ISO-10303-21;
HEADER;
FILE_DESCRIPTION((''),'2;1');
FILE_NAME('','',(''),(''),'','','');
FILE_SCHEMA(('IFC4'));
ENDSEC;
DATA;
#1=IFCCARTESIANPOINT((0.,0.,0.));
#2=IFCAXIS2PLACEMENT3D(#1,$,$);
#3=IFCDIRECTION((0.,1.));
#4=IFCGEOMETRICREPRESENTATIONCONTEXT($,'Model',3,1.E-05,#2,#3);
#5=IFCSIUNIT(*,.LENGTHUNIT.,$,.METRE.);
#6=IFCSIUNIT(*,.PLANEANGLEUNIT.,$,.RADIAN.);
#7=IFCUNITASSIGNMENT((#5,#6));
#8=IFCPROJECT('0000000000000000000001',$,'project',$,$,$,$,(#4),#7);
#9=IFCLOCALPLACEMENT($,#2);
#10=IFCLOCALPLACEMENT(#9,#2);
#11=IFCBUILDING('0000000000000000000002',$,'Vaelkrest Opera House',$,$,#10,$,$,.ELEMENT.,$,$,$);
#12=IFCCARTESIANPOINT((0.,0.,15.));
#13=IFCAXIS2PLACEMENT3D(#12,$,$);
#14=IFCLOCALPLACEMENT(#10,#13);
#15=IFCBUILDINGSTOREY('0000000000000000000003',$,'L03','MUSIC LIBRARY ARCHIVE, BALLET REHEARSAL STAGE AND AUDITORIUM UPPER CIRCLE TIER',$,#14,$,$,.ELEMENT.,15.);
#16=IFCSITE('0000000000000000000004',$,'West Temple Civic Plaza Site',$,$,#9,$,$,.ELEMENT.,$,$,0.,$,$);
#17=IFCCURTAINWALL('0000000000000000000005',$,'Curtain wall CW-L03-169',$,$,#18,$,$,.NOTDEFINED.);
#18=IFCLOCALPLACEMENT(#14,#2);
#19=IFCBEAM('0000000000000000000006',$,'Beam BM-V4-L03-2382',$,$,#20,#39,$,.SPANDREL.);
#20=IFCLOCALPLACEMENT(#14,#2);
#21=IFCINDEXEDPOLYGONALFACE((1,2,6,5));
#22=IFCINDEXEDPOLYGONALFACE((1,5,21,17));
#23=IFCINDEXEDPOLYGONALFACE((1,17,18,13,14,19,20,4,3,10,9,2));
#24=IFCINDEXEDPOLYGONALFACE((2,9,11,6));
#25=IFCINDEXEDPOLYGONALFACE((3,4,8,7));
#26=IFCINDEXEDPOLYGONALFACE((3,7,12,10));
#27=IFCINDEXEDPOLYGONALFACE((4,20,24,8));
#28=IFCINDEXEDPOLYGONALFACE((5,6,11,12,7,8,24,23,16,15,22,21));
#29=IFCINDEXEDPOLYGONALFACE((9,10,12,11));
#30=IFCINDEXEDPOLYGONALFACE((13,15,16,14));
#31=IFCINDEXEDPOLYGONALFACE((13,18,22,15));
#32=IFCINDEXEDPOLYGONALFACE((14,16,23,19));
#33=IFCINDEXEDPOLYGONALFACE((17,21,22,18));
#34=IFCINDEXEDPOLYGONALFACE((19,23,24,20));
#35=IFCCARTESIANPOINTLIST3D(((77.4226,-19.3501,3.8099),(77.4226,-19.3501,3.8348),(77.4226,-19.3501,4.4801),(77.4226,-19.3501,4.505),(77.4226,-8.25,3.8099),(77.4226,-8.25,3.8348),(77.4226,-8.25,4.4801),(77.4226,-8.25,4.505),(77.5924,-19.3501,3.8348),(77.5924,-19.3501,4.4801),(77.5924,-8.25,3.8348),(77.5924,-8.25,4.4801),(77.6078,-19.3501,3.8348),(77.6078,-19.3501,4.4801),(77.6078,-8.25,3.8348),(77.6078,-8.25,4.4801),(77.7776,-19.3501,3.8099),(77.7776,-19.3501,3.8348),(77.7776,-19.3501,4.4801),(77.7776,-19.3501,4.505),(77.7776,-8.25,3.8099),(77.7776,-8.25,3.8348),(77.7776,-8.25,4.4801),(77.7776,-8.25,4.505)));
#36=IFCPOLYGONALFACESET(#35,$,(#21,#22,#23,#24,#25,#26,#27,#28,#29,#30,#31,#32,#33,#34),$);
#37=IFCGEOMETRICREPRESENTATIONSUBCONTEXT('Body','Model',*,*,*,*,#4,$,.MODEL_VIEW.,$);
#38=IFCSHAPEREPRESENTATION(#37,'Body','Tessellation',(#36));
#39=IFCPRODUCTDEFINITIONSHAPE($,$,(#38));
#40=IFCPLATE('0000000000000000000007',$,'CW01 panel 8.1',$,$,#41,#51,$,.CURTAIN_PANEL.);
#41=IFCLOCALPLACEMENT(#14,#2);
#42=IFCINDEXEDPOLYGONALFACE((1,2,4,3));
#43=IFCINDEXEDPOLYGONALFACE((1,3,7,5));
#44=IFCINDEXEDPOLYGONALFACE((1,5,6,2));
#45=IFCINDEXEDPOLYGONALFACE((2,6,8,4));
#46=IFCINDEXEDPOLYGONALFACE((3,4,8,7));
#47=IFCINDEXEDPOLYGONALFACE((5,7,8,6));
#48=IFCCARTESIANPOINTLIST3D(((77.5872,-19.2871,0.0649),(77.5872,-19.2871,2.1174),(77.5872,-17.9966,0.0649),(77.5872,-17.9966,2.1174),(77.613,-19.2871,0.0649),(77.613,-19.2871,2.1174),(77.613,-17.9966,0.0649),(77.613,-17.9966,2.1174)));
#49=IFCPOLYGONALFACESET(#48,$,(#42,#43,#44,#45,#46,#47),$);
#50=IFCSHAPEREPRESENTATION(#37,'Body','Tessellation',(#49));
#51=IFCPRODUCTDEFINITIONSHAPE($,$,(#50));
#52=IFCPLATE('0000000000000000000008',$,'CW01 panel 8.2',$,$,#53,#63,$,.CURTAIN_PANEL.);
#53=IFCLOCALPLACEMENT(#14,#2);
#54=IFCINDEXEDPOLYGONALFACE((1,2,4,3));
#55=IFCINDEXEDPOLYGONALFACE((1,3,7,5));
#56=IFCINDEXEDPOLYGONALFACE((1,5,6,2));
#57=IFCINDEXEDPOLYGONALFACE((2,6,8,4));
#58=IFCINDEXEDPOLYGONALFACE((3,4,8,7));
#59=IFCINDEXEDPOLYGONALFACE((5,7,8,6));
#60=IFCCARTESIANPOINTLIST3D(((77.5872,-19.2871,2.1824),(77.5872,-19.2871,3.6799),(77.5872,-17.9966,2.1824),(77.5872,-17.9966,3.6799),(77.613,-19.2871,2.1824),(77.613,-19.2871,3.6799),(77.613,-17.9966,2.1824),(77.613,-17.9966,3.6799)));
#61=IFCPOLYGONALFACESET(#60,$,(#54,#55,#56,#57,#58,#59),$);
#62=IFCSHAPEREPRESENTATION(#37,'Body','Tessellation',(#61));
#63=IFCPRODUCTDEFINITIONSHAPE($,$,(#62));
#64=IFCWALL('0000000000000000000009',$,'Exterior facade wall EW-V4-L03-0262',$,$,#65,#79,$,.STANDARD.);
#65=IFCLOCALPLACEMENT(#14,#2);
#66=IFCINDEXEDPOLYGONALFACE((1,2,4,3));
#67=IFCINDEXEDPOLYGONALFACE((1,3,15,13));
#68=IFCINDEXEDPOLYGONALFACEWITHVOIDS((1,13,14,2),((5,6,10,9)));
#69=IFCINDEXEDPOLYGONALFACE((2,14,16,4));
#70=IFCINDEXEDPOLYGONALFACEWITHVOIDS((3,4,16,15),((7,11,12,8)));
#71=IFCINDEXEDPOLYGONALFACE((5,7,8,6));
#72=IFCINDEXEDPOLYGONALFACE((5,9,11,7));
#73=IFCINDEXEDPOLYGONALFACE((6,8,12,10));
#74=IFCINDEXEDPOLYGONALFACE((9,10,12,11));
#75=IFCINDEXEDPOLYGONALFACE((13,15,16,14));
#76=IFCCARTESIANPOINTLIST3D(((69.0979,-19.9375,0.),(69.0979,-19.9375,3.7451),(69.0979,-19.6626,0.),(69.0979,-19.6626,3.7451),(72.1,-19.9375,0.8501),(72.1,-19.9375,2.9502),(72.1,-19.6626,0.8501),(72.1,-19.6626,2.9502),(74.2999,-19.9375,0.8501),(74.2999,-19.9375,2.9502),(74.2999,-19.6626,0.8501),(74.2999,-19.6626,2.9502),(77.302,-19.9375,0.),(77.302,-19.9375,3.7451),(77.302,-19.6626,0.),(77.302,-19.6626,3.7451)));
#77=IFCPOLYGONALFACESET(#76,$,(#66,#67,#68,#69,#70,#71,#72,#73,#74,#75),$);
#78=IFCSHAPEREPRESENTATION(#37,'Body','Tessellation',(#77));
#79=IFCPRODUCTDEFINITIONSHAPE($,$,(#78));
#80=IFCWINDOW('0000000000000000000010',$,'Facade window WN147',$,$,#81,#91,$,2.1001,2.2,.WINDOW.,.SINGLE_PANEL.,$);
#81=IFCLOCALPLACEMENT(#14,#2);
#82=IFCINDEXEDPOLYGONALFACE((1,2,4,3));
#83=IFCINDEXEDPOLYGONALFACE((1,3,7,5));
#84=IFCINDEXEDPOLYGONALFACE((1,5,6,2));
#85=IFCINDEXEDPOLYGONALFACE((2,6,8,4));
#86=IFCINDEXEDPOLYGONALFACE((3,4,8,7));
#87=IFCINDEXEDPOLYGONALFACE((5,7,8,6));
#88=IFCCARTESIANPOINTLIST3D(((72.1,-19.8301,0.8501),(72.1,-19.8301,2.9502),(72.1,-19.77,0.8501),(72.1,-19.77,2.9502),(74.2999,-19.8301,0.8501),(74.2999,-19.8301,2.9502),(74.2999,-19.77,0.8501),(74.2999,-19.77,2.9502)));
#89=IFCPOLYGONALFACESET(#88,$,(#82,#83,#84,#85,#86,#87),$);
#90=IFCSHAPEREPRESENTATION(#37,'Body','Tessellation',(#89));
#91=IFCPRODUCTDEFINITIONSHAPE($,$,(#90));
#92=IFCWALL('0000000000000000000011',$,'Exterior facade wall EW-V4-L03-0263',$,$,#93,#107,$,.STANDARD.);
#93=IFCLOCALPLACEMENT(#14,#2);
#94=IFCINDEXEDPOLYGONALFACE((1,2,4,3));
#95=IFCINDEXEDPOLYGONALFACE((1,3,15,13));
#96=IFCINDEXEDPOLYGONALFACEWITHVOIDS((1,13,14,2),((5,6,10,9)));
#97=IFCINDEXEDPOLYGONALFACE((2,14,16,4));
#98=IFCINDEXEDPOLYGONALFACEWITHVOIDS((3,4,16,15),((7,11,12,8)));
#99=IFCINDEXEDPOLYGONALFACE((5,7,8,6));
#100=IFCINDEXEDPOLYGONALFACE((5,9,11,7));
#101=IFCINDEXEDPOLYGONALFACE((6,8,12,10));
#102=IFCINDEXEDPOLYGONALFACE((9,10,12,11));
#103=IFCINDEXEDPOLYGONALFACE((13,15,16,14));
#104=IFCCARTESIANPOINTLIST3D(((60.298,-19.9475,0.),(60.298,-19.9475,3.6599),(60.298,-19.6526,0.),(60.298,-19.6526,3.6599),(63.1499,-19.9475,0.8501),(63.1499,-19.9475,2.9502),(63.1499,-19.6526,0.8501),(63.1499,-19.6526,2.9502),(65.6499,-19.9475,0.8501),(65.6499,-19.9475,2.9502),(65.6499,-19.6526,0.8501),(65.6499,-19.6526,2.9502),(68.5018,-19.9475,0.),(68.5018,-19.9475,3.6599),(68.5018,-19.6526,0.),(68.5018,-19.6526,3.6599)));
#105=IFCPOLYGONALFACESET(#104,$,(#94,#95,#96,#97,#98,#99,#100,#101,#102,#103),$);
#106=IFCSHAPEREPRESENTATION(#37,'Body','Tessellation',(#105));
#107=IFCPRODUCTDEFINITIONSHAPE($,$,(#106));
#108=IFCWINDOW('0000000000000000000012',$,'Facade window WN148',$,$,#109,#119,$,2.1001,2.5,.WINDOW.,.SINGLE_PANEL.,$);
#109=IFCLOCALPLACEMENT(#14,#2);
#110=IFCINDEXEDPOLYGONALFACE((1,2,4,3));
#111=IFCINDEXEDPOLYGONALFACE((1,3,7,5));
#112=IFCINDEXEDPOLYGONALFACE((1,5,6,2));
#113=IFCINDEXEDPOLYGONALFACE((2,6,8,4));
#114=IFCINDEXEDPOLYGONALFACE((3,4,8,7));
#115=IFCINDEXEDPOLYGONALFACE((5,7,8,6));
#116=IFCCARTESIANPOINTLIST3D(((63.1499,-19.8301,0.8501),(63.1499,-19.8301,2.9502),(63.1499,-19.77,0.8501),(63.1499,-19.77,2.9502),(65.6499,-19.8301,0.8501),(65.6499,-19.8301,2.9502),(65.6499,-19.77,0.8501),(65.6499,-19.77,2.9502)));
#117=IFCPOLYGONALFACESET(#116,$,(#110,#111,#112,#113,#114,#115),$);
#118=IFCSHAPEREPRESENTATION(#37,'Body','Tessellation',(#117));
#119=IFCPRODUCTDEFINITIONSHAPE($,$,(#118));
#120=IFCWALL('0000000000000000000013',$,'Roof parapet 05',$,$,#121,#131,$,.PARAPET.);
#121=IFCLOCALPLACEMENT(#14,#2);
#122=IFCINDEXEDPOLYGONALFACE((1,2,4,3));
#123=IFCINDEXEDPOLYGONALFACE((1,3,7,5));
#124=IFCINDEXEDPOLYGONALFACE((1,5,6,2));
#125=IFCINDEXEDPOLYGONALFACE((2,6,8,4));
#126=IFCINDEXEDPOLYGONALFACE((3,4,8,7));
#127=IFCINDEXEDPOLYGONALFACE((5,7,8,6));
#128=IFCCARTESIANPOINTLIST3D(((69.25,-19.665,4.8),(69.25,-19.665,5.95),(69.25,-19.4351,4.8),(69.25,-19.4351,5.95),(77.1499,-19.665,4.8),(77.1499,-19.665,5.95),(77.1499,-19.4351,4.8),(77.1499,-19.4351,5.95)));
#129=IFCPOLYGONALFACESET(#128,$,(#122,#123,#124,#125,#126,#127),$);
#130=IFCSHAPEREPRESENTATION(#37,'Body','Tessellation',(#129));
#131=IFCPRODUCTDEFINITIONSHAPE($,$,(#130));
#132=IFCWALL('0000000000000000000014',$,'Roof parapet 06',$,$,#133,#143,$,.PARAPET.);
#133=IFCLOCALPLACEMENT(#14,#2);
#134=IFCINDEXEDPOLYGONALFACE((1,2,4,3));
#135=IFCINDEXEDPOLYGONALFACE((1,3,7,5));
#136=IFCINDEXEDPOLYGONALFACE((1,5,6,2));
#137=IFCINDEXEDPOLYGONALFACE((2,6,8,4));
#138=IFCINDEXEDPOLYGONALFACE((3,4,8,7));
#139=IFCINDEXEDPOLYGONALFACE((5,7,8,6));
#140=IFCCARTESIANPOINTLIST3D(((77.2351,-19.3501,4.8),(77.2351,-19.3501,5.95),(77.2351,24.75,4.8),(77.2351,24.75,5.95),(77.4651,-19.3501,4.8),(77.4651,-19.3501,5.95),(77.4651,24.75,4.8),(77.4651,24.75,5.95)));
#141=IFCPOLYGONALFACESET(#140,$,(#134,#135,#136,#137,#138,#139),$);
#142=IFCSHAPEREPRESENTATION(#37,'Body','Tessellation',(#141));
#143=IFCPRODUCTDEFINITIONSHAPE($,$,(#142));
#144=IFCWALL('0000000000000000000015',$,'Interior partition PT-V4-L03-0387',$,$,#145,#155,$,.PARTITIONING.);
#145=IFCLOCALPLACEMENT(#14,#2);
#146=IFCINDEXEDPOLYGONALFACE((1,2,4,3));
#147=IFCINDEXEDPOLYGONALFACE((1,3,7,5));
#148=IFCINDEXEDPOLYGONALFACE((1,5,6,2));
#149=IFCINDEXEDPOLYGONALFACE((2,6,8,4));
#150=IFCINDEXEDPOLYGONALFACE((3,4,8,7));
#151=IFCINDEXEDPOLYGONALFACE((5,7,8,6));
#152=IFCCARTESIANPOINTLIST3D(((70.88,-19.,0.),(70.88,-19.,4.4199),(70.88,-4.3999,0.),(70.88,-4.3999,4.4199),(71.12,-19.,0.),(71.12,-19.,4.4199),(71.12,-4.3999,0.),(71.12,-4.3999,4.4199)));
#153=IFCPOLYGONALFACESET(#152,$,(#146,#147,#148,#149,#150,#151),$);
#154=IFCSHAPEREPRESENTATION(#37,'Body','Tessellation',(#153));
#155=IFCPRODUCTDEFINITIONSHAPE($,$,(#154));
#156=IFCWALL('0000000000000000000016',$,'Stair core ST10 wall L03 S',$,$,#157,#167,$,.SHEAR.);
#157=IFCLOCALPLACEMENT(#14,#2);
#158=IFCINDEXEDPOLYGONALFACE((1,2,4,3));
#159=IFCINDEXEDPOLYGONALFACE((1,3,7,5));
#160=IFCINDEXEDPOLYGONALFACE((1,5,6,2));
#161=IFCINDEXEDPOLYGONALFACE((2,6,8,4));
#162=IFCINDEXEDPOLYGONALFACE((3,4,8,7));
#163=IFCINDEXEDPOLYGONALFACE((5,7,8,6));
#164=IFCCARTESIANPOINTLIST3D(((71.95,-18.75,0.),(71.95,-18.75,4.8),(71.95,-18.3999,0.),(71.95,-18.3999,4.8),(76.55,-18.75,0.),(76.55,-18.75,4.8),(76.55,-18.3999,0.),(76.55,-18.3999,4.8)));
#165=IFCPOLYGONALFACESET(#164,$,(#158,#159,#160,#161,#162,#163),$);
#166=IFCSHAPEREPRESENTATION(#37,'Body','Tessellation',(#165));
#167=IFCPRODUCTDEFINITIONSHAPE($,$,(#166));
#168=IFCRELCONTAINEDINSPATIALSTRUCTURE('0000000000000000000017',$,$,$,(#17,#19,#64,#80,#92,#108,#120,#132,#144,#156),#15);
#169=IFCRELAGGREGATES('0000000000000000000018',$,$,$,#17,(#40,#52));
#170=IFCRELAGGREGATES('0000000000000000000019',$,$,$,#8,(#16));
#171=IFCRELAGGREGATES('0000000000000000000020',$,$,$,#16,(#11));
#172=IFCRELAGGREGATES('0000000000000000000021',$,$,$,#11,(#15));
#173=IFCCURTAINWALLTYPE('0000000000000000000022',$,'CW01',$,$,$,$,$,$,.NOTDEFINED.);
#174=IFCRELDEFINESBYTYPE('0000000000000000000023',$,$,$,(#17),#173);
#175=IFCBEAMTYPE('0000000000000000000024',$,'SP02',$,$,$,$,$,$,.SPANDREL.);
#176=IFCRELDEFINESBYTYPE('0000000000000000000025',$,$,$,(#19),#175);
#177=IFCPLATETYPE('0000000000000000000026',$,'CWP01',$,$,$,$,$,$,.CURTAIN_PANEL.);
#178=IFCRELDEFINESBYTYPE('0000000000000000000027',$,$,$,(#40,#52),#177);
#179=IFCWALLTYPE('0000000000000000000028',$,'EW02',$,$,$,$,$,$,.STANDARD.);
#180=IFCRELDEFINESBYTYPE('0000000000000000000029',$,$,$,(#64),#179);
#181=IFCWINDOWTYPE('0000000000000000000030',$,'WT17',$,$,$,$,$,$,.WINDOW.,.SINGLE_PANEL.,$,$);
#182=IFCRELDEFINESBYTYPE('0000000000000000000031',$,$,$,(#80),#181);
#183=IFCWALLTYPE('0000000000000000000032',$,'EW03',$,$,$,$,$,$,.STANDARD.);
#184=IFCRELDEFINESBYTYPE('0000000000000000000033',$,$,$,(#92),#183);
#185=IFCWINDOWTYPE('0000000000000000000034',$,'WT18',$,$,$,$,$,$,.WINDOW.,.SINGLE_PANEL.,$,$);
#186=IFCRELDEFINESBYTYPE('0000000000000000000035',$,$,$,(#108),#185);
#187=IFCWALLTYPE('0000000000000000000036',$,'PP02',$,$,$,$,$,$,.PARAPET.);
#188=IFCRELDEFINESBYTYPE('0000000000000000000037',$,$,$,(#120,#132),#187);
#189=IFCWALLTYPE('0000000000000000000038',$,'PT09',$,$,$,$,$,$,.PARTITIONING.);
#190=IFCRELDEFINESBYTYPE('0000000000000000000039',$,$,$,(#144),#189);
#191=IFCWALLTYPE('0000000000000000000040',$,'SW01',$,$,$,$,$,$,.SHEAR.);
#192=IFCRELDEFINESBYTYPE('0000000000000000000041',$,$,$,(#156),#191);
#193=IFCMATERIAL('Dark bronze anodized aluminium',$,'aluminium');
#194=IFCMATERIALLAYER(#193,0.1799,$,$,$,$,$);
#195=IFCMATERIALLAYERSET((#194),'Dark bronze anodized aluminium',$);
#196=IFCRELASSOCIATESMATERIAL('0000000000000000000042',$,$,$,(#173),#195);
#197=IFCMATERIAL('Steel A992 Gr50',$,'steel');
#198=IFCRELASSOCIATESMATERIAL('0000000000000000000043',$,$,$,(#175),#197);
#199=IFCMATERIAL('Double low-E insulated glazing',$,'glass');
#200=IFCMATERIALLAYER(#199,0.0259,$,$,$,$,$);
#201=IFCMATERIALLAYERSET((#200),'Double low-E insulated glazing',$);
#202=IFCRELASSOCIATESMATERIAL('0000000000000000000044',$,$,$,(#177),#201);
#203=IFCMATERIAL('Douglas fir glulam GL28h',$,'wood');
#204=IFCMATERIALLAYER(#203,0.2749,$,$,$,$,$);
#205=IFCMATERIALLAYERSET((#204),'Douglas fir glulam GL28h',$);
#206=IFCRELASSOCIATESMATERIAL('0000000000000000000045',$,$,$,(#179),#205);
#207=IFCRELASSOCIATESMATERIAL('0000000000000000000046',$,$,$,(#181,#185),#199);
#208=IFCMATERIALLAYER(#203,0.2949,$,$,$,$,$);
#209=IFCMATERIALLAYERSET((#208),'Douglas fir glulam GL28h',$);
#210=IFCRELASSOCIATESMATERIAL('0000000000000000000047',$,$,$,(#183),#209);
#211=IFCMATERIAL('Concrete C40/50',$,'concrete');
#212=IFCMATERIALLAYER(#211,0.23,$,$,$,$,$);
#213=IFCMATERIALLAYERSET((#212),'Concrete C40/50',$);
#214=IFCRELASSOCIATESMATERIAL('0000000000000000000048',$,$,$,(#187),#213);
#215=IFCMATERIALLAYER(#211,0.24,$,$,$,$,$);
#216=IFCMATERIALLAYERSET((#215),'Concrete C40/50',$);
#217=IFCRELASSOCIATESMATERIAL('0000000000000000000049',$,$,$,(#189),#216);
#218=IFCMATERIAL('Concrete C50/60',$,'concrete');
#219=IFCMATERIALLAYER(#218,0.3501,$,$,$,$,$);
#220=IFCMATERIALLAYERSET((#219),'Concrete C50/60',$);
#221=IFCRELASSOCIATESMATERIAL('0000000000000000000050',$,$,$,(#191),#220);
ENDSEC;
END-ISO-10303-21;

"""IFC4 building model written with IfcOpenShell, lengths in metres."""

from ifc_helpers import new_model, si_unit, direction, frame, frame_2d, origin, origin_2d, place, context, subcontext, project, spatial, rectangle, i_section, extrude, material, layer, layer_set, material_profile, profile_set, type_object, element, fill, aggregate, save


model = new_model("IFC4")

# Units and contexts
model_context = context("Model", 3, precision=1e-05, world=origin(), true_north=direction((0.0, 1.0)))
body_context = subcontext(model_context, "Body", "Model", "MODEL_VIEW")
ifc_project = project(units=[si_unit("LENGTHUNIT", "METRE"), si_unit("PLANEANGLEUNIT", "RADIAN")], contexts=[model_context])

# Site, building, storey
site_placement = place(None, origin())
site = spatial("IfcSite", under=ifc_project, at=site_placement, Name="West Temple Civic Plaza Site", CompositionType="ELEMENT", RefElevation=0.0)
building_placement = place(site_placement, origin())
building = spatial("IfcBuilding", under=site, at=building_placement, Name="Vaelkrest Opera House", CompositionType="ELEMENT")
storey_placement = place(building_placement, frame((0.0, 0.0, 15.0)))
storey = spatial("IfcBuildingStorey", under=building, at=storey_placement, Name="L03", Description="MUSIC LIBRARY ARCHIVE, BALLET REHEARSAL STAGE AND AUDITORIUM UPPER CIRCLE TIER", CompositionType="ELEMENT", Elevation=15.0)

# Shared definitions
ifc_material_1 = material(Name="Concrete C50/60", Category="concrete")

# Shared definitions
ifc_material_2 = material(Name="Steel A992 Gr50", Category="steel")

# Curtain wall
ifc_material_3 = material(Name="Dark bronze anodized aluminium", Category="aluminium")
ifc_layer_1 = layer(ifc_material_3, 0.1799)
ifc_layer_set_1 = layer_set([ifc_layer_1], Name="Dark bronze anodized aluminium")
curtain_wall_type = type_object("IfcCurtainWallType", Name="CW01", PredefinedType="NOTDEFINED", material=ifc_layer_set_1)
curtain_wall_placement = place(storey_placement, origin())
curtain_wall = element("IfcCurtainWall", 1, at=curtain_wall_placement, inside=storey, type_object=curtain_wall_type, Name="Curtain wall CW-L03-169", PredefinedType="NOTDEFINED")

# Beam
ifc_material_profile_1 = material_profile(ifc_material_2, i_section(OverallWidth=0.355, OverallDepth=0.6951, WebThickness=0.0154, FlangeThickness=0.0249, at=origin_2d()), Name="W27X146")
ifc_profile_set_1 = profile_set([ifc_material_profile_1], Name="Steel A992 Gr50")
beam_type_1 = type_object("IfcBeamType", Name="SP02", PredefinedType="SPANDREL", material=ifc_profile_set_1)
beam_1_placement = place(storey_placement, frame((77.6001, -19.3501, 4.1575), z_axis=(0.0, 1.0, 0.0), x_axis=(-1.0, 0.0, 0.0)))
element("IfcBeam", 2, at=beam_1_placement, inside=storey, type_object=beam_type_1, Name="Beam BM-V4-L03-2382", PredefinedType="SPANDREL", context=body_context, shape_type="SweptSolid", body=[
    extrude(i_section(OverallWidth=0.355, OverallDepth=0.6951, WebThickness=0.0154, FlangeThickness=0.0249, at=origin_2d()), origin(), (0.0, 0.0, 1.0), 11.1001),
])

# Plates
ifc_material_4 = material(Name="Double low-E insulated glazing", Category="glass")
ifc_layer_2 = layer(ifc_material_4, 0.0259)
ifc_layer_set_2 = layer_set([ifc_layer_2], Name="Double low-E insulated glazing")
plate_type = type_object("IfcPlateType", Name="CWP01", PredefinedType="CURTAIN_PANEL", material=ifc_layer_set_2)
plate_1_placement = place(storey_placement, frame((77.6001, -18.6418, 0.0649), z_axis=(0.0, 0.0, 1.0), x_axis=(0.0, -1.0, 0.0)))
plate_1 = element("IfcPlate", 3, at=plate_1_placement, type_object=plate_type, Name="CW01 panel 8.1", PredefinedType="CURTAIN_PANEL", context=body_context, shape_type="SweptSolid", body=[
    extrude(rectangle(XDim=1.2905, YDim=0.0259, at=origin_2d()), origin(), (0.0, 0.0, 1.0), 2.0525),
])
plate_2_placement = place(storey_placement, frame((77.6001, -18.6418, 2.1824), z_axis=(0.0, 0.0, 1.0), x_axis=(0.0, -1.0, 0.0)))
plate_2 = element("IfcPlate", 4, at=plate_2_placement, type_object=plate_type, Name="CW01 panel 8.2", PredefinedType="CURTAIN_PANEL", context=body_context, shape_type="SweptSolid", body=[
    extrude(rectangle(XDim=1.2905, YDim=0.0259, at=origin_2d()), origin(), (0.0, 0.0, 1.0), 1.4976),
])
aggregate(curtain_wall, [plate_1, plate_2])

# Walls, openings, windows
ifc_material_5 = material(Name="Douglas fir glulam GL28h", Category="wood")
ifc_layer_3 = layer(ifc_material_5, 0.2749)
ifc_layer_set_3 = layer_set([ifc_layer_3], Name="Douglas fir glulam GL28h")
wall_type_1 = type_object("IfcWallType", Name="EW02", PredefinedType="STANDARD", material=ifc_layer_set_3)
wall_1_placement = place(storey_placement, frame((77.302, -19.8, 0.0), z_axis=(0.0, 0.0, 1.0), x_axis=(-1.0, 0.0, 0.0)))
wall_1 = element("IfcWall", 5, at=wall_1_placement, inside=storey, type_object=wall_type_1, Name="Exterior facade wall EW-V4-L03-0262", PredefinedType="STANDARD", context=body_context, shape_type="SweptSolid", body=[
    extrude(rectangle(XDim=8.2041, YDim=0.2749, at=frame_2d((4.1021, 0.0))), origin(), (0.0, 0.0, 1.0), 3.7451),
])
opening_1_placement = place(wall_1_placement, frame((3.002, 0.0, 0.8501)))
opening_1 = element("IfcOpeningElement", 6, at=opening_1_placement, cuts=wall_1, PredefinedType="OPENING", context=body_context, shape_type="SweptSolid", body=[
    extrude(rectangle(XDim=2.2, YDim=2.1001, at=frame_2d((1.1001, 1.05))), frame((0.0, 0.1475, 0.0), z_axis=(0.0, -1.0, 0.0), x_axis=(1.0, 0.0, 0.0)), (0.0, 0.0, 1.0), 0.2949),
])
window_type_1 = type_object("IfcWindowType", Name="WT17", PartitioningType="SINGLE_PANEL", PredefinedType="WINDOW", material=ifc_material_4)
window_1_placement = place(opening_1_placement, origin())
window_1 = element("IfcWindow", 7, at=window_1_placement, inside=storey, type_object=window_type_1, Name="Facade window WN147", OverallHeight=2.1001, OverallWidth=2.2, PartitioningType="SINGLE_PANEL", PredefinedType="WINDOW", context=body_context, shape_type="SweptSolid", body=[
    extrude(rectangle(XDim=2.2, YDim=2.1001, at=frame_2d((1.1001, 1.05))), frame((0.0, 0.03, 0.0), z_axis=(0.0, -1.0, 0.0), x_axis=(1.0, 0.0, 0.0)), (0.0, 0.0, 1.0), 0.0601),
])
fill(opening_1, window_1)
ifc_layer_4 = layer(ifc_material_5, 0.2949)
ifc_layer_set_4 = layer_set([ifc_layer_4], Name="Douglas fir glulam GL28h")
wall_type_2 = type_object("IfcWallType", Name="EW03", PredefinedType="STANDARD", material=ifc_layer_set_4)
wall_2_placement = place(storey_placement, frame((68.502, -19.8, 0.0), z_axis=(0.0, 0.0, 1.0), x_axis=(-1.0, 0.0, 0.0)))
wall_2 = element("IfcWall", 8, at=wall_2_placement, inside=storey, type_object=wall_type_2, Name="Exterior facade wall EW-V4-L03-0263", PredefinedType="STANDARD", context=body_context, shape_type="SweptSolid", body=[
    extrude(rectangle(XDim=8.2039, YDim=0.2949, at=frame_2d((4.1021, 0.0))), origin(), (0.0, 0.0, 1.0), 3.6599),
])
opening_2_placement = place(wall_2_placement, frame((2.8521, 0.0, 0.8501)))
opening_2 = element("IfcOpeningElement", 9, at=opening_2_placement, cuts=wall_2, PredefinedType="OPENING", context=body_context, shape_type="SweptSolid", body=[
    extrude(rectangle(XDim=2.5, YDim=2.1001, at=frame_2d((1.25, 1.05))), frame((0.0, 0.1575, 0.0), z_axis=(0.0, -1.0, 0.0), x_axis=(1.0, 0.0, 0.0)), (0.0, 0.0, 1.0), 0.3149),
])
window_type_2 = type_object("IfcWindowType", Name="WT18", PartitioningType="SINGLE_PANEL", PredefinedType="WINDOW", material=ifc_material_4)
window_2_placement = place(opening_2_placement, origin())
window_2 = element("IfcWindow", 10, at=window_2_placement, inside=storey, type_object=window_type_2, Name="Facade window WN148", OverallHeight=2.1001, OverallWidth=2.5, PartitioningType="SINGLE_PANEL", PredefinedType="WINDOW", context=body_context, shape_type="SweptSolid", body=[
    extrude(rectangle(XDim=2.5, YDim=2.1001, at=frame_2d((1.25, 1.05))), frame((0.0, 0.03, 0.0), z_axis=(0.0, -1.0, 0.0), x_axis=(1.0, 0.0, 0.0)), (0.0, 0.0, 1.0), 0.0601),
])
fill(opening_2, window_2)

# Walls
ifc_material_6 = material(Name="Concrete C40/50", Category="concrete")
ifc_layer_5 = layer(ifc_material_6, 0.23)
ifc_layer_set_5 = layer_set([ifc_layer_5], Name="Concrete C40/50")
wall_type_3 = type_object("IfcWallType", Name="PP02", PredefinedType="PARAPET", material=ifc_layer_set_5)
wall_3_placement = place(storey_placement, frame((69.25, -19.55, 4.8), z_axis=(0.0, 0.0, 1.0), x_axis=(1.0, 0.0, 0.0)))
element("IfcWall", 11, at=wall_3_placement, inside=storey, type_object=wall_type_3, Name="Roof parapet 05", PredefinedType="PARAPET", context=body_context, shape_type="SweptSolid", body=[
    extrude(rectangle(XDim=7.8999, YDim=0.23, at=frame_2d((3.95, 0.0))), origin(), (0.0, 0.0, 1.0), 1.1499),
])
wall_4_placement = place(storey_placement, frame((77.3501, -19.3501, 4.8), z_axis=(0.0, 0.0, 1.0), x_axis=(0.0, 1.0, 0.0)))
element("IfcWall", 12, at=wall_4_placement, inside=storey, type_object=wall_type_3, Name="Roof parapet 06", PredefinedType="PARAPET", context=body_context, shape_type="SweptSolid", body=[
    extrude(rectangle(XDim=44.1001, YDim=0.23, at=frame_2d((22.05, 0.0))), origin(), (0.0, 0.0, 1.0), 1.1499),
])
ifc_layer_6 = layer(ifc_material_6, 0.24)
ifc_layer_set_6 = layer_set([ifc_layer_6], Name="Concrete C40/50")
wall_type_4 = type_object("IfcWallType", Name="PT09", PredefinedType="PARTITIONING", material=ifc_layer_set_6)
wall_5_placement = place(storey_placement, frame((71.0, -19.0, 0.0), z_axis=(0.0, 0.0, 1.0), x_axis=(0.0, 1.0, 0.0)))
element("IfcWall", 13, at=wall_5_placement, inside=storey, type_object=wall_type_4, Name="Interior partition PT-V4-L03-0387", PredefinedType="PARTITIONING", context=body_context, shape_type="SweptSolid", body=[
    extrude(rectangle(XDim=14.6001, YDim=0.24, at=frame_2d((7.3, 0.0))), origin(), (0.0, 0.0, 1.0), 4.4199),
])
ifc_layer_7 = layer(ifc_material_1, 0.3501)
ifc_layer_set_7 = layer_set([ifc_layer_7], Name="Concrete C50/60")
wall_type_5 = type_object("IfcWallType", Name="SW01", PredefinedType="SHEAR", material=ifc_layer_set_7)
wall_6_placement = place(storey_placement, frame((76.55, -18.575, 0.0), z_axis=(0.0, 0.0, 1.0), x_axis=(-1.0, 0.0, 0.0)))
element("IfcWall", 14, at=wall_6_placement, inside=storey, type_object=wall_type_5, Name="Stair core ST10 wall L03 S", PredefinedType="SHEAR", context=body_context, shape_type="SweptSolid", body=[
    extrude(rectangle(XDim=4.6001, YDim=0.3501, at=frame_2d((2.3, 0.0))), origin(), (0.0, 0.0, 1.0), 4.8),
])

save(model, "model.ifc")
